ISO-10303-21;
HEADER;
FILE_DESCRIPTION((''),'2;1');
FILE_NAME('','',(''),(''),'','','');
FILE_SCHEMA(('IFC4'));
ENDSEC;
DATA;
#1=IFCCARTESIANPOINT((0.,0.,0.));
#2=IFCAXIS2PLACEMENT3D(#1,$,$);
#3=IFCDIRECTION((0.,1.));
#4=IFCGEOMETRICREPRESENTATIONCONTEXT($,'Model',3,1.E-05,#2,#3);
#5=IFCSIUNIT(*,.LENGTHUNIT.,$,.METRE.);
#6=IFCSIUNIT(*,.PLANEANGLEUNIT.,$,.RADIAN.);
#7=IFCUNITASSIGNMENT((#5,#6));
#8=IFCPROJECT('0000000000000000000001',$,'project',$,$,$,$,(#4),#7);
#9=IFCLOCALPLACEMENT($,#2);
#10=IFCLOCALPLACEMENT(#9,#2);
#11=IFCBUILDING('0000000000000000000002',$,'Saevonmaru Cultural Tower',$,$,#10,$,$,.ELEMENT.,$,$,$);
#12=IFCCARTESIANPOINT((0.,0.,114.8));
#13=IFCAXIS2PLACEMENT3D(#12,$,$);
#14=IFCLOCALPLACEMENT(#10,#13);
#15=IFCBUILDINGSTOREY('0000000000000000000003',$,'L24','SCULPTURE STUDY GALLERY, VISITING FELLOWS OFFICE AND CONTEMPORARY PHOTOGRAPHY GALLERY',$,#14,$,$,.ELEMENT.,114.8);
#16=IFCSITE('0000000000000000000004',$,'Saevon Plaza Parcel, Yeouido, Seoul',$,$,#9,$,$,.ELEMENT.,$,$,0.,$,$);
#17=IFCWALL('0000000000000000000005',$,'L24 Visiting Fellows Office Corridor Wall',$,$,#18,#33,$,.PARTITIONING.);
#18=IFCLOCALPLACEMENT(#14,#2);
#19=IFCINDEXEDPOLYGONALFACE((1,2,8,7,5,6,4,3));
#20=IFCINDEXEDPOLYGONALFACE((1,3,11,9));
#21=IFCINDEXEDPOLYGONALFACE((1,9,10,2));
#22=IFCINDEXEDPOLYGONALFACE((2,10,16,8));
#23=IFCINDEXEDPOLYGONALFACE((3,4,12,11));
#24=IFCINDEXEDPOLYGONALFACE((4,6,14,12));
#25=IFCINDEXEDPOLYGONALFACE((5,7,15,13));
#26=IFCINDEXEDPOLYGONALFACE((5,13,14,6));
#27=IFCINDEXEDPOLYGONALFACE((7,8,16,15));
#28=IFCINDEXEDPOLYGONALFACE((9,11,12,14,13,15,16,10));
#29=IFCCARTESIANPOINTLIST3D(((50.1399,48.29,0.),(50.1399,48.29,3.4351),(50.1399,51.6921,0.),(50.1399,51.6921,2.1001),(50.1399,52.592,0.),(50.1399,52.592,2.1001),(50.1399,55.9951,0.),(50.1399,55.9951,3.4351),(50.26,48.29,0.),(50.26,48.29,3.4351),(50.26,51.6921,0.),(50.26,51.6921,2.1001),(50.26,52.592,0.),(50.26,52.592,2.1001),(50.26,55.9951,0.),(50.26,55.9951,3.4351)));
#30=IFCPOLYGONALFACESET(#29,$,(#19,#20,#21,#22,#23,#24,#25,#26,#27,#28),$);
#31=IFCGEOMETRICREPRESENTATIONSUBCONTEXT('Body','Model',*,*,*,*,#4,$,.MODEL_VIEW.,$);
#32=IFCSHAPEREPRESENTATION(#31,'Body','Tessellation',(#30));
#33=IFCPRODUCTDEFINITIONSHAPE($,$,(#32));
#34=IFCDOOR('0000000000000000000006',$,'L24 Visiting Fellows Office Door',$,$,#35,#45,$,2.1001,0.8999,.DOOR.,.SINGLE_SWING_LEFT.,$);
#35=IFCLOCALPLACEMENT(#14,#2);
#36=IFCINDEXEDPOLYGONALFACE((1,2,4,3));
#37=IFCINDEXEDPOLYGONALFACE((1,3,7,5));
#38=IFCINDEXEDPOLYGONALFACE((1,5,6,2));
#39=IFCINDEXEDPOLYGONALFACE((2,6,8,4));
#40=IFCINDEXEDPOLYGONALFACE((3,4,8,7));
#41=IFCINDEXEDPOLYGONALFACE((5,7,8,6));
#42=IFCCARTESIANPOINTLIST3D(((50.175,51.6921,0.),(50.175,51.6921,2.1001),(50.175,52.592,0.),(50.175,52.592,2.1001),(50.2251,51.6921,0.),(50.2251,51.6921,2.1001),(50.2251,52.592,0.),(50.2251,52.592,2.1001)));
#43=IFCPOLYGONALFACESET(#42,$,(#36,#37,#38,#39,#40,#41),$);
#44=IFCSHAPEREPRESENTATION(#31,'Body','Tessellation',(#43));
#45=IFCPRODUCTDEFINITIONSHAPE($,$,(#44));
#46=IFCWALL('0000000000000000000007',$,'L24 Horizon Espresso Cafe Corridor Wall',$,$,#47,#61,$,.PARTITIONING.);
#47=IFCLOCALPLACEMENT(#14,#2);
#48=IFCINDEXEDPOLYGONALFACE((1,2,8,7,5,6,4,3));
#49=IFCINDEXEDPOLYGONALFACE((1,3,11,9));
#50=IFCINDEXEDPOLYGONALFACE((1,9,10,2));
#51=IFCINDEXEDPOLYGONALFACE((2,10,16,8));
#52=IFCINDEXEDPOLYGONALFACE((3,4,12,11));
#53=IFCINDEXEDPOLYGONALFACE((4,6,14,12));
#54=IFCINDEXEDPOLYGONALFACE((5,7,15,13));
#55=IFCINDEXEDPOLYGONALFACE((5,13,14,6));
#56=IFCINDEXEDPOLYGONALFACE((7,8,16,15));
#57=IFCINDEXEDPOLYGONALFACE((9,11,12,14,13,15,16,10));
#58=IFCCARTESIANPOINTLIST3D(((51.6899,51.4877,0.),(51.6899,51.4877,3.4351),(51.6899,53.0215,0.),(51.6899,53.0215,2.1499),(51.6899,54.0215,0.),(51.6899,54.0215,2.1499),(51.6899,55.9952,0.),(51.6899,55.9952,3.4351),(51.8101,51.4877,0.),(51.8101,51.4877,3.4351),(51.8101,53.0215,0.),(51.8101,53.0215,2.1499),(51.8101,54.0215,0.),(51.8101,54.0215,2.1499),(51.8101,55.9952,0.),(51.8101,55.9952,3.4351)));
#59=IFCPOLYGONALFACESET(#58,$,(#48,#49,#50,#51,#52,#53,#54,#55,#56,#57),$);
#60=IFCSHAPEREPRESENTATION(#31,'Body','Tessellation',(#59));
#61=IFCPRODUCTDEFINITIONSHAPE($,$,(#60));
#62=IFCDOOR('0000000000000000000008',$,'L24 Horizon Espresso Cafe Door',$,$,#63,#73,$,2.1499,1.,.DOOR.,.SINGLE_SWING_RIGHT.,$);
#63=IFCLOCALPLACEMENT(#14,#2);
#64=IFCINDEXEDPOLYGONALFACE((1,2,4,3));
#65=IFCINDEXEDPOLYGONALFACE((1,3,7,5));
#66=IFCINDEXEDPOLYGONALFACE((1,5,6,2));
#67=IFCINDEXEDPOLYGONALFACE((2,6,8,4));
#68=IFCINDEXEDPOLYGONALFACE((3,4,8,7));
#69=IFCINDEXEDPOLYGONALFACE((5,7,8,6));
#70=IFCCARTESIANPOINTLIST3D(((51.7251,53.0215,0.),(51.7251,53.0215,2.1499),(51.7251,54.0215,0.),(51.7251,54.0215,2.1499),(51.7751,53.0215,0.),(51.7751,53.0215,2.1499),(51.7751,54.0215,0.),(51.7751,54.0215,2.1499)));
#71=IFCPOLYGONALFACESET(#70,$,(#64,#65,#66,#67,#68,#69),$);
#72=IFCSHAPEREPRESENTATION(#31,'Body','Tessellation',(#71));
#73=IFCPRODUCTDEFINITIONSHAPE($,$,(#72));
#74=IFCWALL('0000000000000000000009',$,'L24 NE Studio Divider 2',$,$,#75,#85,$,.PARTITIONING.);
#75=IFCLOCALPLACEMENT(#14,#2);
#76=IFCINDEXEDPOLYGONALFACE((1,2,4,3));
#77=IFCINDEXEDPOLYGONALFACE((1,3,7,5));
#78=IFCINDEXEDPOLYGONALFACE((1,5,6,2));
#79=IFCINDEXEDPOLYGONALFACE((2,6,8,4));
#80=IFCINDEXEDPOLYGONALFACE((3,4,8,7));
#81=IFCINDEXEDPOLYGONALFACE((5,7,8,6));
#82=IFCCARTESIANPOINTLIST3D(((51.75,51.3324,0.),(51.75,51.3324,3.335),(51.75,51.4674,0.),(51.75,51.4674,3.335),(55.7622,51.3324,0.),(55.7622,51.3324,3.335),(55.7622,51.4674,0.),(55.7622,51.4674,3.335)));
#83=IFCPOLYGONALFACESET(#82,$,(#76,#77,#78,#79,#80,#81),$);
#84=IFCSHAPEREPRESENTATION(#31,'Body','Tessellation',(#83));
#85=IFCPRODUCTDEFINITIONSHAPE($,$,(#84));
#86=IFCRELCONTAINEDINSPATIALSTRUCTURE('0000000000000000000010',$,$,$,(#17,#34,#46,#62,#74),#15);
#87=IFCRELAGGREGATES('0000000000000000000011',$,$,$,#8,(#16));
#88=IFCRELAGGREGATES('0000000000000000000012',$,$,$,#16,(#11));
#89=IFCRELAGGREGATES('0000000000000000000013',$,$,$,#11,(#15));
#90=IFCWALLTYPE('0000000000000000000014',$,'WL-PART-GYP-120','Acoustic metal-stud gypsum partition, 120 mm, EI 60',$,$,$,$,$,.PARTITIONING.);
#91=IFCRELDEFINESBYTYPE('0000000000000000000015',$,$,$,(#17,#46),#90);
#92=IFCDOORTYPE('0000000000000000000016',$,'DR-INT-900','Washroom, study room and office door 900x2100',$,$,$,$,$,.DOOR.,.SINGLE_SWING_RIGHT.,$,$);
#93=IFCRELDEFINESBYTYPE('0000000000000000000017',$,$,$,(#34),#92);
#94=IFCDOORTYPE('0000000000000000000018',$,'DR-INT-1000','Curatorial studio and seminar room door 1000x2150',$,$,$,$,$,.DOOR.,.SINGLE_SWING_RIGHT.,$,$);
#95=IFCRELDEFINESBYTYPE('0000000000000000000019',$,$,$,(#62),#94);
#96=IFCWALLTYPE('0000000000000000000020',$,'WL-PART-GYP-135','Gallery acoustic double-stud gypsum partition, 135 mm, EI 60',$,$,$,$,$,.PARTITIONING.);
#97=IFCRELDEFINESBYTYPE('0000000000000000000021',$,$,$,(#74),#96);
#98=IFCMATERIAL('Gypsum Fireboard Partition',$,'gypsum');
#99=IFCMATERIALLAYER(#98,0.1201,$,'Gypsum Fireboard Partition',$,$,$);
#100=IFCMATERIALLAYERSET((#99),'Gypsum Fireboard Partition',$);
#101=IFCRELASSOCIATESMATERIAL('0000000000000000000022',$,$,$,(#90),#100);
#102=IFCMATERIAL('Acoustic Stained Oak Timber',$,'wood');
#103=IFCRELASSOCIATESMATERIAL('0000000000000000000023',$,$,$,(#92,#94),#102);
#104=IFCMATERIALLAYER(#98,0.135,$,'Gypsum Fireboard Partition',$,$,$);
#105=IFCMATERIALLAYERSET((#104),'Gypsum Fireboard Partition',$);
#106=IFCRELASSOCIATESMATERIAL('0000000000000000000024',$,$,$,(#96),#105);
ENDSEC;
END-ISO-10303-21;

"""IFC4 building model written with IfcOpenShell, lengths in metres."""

from ifc_helpers import new_model, si_unit, direction, frame, frame_2d, origin, place, context, subcontext, project, spatial, rectangle, extrude, material, layer, layer_set, type_object, element, fill, save


model = new_model("IFC4")

# Units and contexts
model_context = context("Model", 3, precision=1e-05, world=origin(), true_north=direction((0.0, 1.0)))
body_context = subcontext(model_context, "Body", "Model", "MODEL_VIEW")
ifc_project = project(units=[si_unit("LENGTHUNIT", "METRE"), si_unit("PLANEANGLEUNIT", "RADIAN")], contexts=[model_context])

# Site, building, storey
site_placement = place(None, origin())
site = spatial("IfcSite", under=ifc_project, at=site_placement, Name="Saevon Plaza Parcel, Yeouido, Seoul", CompositionType="ELEMENT", RefElevation=0.0)
building_placement = place(site_placement, origin())
building = spatial("IfcBuilding", under=site, at=building_placement, Name="Saevonmaru Cultural Tower", CompositionType="ELEMENT")
storey_placement = place(building_placement, frame((0.0, 0.0, 114.8)))
storey = spatial("IfcBuildingStorey", under=building, at=storey_placement, Name="L24", Description="SCULPTURE STUDY GALLERY, VISITING FELLOWS OFFICE AND CONTEMPORARY PHOTOGRAPHY GALLERY", CompositionType="ELEMENT", Elevation=114.8)

# Walls, openings, doors
ifc_material_1 = material(Name="Gypsum Fireboard Partition", Category="gypsum")
ifc_layer_1 = layer(ifc_material_1, 0.1201, Name="Gypsum Fireboard Partition")
ifc_layer_set_1 = layer_set([ifc_layer_1], Name="Gypsum Fireboard Partition")
wall_type_1 = type_object("IfcWallType", Name="WL-PART-GYP-120", Description="Acoustic metal-stud gypsum partition, 120 mm, EI 60", PredefinedType="PARTITIONING", material=ifc_layer_set_1)
wall_1_placement = place(storey_placement, frame((50.2, 48.29, 0.0), z_axis=(0.0, 0.0, 1.0), x_axis=(0.0, 1.0, 0.0)))
wall_1 = element("IfcWall", 1, at=wall_1_placement, inside=storey, type_object=wall_type_1, Name="L24 Visiting Fellows Office Corridor Wall", PredefinedType="PARTITIONING", context=body_context, shape_type="SweptSolid", body=[
    extrude(rectangle(XDim=7.7051, YDim=0.1201, at=frame_2d((3.8525, 0.0))), origin(), (0.0, 0.0, 1.0), 3.4351),
])
opening_1_placement = place(wall_1_placement, frame((3.4021, 0.0, 0.0)))
opening_1 = element("IfcOpeningElement", 2, at=opening_1_placement, cuts=wall_1, PredefinedType="OPENING", context=body_context, shape_type="SweptSolid", body=[
    extrude(rectangle(XDim=0.8999, YDim=2.1001, at=frame_2d((0.45, 1.05))), frame((0.0, 0.0701, 0.0), z_axis=(0.0, -1.0, 0.0), x_axis=(1.0, 0.0, 0.0)), (0.0, 0.0, 1.0), 0.1401),
])
ifc_material_2 = material(Name="Acoustic Stained Oak Timber", Category="wood")
door_type_1 = type_object("IfcDoorType", Name="DR-INT-900", Description="Washroom, study room and office door 900x2100", OperationType="SINGLE_SWING_RIGHT", PredefinedType="DOOR", material=ifc_material_2)
door_1_placement = place(opening_1_placement, origin())
door_1 = element("IfcDoor", 3, at=door_1_placement, inside=storey, type_object=door_type_1, Name="L24 Visiting Fellows Office Door", OperationType="SINGLE_SWING_LEFT", OverallHeight=2.1001, OverallWidth=0.8999, PredefinedType="DOOR", context=body_context, shape_type="SweptSolid", body=[
    extrude(rectangle(XDim=0.8999, YDim=2.1001, at=frame_2d((0.45, 1.05))), frame((0.0, 0.0249, 0.0), z_axis=(0.0, -1.0, 0.0), x_axis=(1.0, 0.0, 0.0)), (0.0, 0.0, 1.0), 0.05),
])
fill(opening_1, door_1)
wall_2_placement = place(storey_placement, frame((51.75, 51.4875, 0.0), z_axis=(0.0, 0.0, 1.0), x_axis=(0.0, 1.0, 0.0)))
wall_2 = element("IfcWall", 4, at=wall_2_placement, inside=storey, type_object=wall_type_1, Name="L24 Horizon Espresso Cafe Corridor Wall", PredefinedType="PARTITIONING", context=body_context, shape_type="SweptSolid", body=[
    extrude(rectangle(XDim=4.5076, YDim=0.1201, at=frame_2d((2.2539, 0.0))), origin(), (0.0, 0.0, 1.0), 3.4351),
])
opening_2_placement = place(wall_2_placement, frame((1.5339, 0.0, 0.0)))
opening_2 = element("IfcOpeningElement", 5, at=opening_2_placement, cuts=wall_2, PredefinedType="OPENING", context=body_context, shape_type="SweptSolid", body=[
    extrude(rectangle(XDim=1.0, YDim=2.1499, at=frame_2d((0.5, 1.075))), frame((0.0, 0.0701, 0.0), z_axis=(0.0, -1.0, 0.0), x_axis=(1.0, 0.0, 0.0)), (0.0, 0.0, 1.0), 0.1401),
])
door_type_2 = type_object("IfcDoorType", Name="DR-INT-1000", Description="Curatorial studio and seminar room door 1000x2150", OperationType="SINGLE_SWING_RIGHT", PredefinedType="DOOR", material=ifc_material_2)
door_2_placement = place(opening_2_placement, origin())
door_2 = element("IfcDoor", 6, at=door_2_placement, inside=storey, type_object=door_type_2, Name="L24 Horizon Espresso Cafe Door", OperationType="SINGLE_SWING_RIGHT", OverallHeight=2.1499, OverallWidth=1.0, PredefinedType="DOOR", context=body_context, shape_type="SweptSolid", body=[
    extrude(rectangle(XDim=1.0, YDim=2.1499, at=frame_2d((0.5, 1.075))), frame((0.0, 0.0249, 0.0), z_axis=(0.0, -1.0, 0.0), x_axis=(1.0, 0.0, 0.0)), (0.0, 0.0, 1.0), 0.05),
])
fill(opening_2, door_2)

# Wall
ifc_layer_2 = layer(ifc_material_1, 0.135, Name="Gypsum Fireboard Partition")
ifc_layer_set_2 = layer_set([ifc_layer_2], Name="Gypsum Fireboard Partition")
wall_type_2 = type_object("IfcWallType", Name="WL-PART-GYP-135", Description="Gallery acoustic double-stud gypsum partition, 135 mm, EI 60", PredefinedType="PARTITIONING", material=ifc_layer_set_2)
wall_3_placement = place(storey_placement, frame((51.75, 51.3999, 0.0), z_axis=(0.0, 0.0, 1.0), x_axis=(1.0, 0.0, 0.0)))
element("IfcWall", 7, at=wall_3_placement, inside=storey, type_object=wall_type_2, Name="L24 NE Studio Divider 2", PredefinedType="PARTITIONING", context=body_context, shape_type="SweptSolid", body=[
    extrude(rectangle(XDim=4.0122, YDim=0.135, at=frame_2d((2.0061, 0.0))), origin(), (0.0, 0.0, 1.0), 3.335),
])

save(model, "model.ifc")
